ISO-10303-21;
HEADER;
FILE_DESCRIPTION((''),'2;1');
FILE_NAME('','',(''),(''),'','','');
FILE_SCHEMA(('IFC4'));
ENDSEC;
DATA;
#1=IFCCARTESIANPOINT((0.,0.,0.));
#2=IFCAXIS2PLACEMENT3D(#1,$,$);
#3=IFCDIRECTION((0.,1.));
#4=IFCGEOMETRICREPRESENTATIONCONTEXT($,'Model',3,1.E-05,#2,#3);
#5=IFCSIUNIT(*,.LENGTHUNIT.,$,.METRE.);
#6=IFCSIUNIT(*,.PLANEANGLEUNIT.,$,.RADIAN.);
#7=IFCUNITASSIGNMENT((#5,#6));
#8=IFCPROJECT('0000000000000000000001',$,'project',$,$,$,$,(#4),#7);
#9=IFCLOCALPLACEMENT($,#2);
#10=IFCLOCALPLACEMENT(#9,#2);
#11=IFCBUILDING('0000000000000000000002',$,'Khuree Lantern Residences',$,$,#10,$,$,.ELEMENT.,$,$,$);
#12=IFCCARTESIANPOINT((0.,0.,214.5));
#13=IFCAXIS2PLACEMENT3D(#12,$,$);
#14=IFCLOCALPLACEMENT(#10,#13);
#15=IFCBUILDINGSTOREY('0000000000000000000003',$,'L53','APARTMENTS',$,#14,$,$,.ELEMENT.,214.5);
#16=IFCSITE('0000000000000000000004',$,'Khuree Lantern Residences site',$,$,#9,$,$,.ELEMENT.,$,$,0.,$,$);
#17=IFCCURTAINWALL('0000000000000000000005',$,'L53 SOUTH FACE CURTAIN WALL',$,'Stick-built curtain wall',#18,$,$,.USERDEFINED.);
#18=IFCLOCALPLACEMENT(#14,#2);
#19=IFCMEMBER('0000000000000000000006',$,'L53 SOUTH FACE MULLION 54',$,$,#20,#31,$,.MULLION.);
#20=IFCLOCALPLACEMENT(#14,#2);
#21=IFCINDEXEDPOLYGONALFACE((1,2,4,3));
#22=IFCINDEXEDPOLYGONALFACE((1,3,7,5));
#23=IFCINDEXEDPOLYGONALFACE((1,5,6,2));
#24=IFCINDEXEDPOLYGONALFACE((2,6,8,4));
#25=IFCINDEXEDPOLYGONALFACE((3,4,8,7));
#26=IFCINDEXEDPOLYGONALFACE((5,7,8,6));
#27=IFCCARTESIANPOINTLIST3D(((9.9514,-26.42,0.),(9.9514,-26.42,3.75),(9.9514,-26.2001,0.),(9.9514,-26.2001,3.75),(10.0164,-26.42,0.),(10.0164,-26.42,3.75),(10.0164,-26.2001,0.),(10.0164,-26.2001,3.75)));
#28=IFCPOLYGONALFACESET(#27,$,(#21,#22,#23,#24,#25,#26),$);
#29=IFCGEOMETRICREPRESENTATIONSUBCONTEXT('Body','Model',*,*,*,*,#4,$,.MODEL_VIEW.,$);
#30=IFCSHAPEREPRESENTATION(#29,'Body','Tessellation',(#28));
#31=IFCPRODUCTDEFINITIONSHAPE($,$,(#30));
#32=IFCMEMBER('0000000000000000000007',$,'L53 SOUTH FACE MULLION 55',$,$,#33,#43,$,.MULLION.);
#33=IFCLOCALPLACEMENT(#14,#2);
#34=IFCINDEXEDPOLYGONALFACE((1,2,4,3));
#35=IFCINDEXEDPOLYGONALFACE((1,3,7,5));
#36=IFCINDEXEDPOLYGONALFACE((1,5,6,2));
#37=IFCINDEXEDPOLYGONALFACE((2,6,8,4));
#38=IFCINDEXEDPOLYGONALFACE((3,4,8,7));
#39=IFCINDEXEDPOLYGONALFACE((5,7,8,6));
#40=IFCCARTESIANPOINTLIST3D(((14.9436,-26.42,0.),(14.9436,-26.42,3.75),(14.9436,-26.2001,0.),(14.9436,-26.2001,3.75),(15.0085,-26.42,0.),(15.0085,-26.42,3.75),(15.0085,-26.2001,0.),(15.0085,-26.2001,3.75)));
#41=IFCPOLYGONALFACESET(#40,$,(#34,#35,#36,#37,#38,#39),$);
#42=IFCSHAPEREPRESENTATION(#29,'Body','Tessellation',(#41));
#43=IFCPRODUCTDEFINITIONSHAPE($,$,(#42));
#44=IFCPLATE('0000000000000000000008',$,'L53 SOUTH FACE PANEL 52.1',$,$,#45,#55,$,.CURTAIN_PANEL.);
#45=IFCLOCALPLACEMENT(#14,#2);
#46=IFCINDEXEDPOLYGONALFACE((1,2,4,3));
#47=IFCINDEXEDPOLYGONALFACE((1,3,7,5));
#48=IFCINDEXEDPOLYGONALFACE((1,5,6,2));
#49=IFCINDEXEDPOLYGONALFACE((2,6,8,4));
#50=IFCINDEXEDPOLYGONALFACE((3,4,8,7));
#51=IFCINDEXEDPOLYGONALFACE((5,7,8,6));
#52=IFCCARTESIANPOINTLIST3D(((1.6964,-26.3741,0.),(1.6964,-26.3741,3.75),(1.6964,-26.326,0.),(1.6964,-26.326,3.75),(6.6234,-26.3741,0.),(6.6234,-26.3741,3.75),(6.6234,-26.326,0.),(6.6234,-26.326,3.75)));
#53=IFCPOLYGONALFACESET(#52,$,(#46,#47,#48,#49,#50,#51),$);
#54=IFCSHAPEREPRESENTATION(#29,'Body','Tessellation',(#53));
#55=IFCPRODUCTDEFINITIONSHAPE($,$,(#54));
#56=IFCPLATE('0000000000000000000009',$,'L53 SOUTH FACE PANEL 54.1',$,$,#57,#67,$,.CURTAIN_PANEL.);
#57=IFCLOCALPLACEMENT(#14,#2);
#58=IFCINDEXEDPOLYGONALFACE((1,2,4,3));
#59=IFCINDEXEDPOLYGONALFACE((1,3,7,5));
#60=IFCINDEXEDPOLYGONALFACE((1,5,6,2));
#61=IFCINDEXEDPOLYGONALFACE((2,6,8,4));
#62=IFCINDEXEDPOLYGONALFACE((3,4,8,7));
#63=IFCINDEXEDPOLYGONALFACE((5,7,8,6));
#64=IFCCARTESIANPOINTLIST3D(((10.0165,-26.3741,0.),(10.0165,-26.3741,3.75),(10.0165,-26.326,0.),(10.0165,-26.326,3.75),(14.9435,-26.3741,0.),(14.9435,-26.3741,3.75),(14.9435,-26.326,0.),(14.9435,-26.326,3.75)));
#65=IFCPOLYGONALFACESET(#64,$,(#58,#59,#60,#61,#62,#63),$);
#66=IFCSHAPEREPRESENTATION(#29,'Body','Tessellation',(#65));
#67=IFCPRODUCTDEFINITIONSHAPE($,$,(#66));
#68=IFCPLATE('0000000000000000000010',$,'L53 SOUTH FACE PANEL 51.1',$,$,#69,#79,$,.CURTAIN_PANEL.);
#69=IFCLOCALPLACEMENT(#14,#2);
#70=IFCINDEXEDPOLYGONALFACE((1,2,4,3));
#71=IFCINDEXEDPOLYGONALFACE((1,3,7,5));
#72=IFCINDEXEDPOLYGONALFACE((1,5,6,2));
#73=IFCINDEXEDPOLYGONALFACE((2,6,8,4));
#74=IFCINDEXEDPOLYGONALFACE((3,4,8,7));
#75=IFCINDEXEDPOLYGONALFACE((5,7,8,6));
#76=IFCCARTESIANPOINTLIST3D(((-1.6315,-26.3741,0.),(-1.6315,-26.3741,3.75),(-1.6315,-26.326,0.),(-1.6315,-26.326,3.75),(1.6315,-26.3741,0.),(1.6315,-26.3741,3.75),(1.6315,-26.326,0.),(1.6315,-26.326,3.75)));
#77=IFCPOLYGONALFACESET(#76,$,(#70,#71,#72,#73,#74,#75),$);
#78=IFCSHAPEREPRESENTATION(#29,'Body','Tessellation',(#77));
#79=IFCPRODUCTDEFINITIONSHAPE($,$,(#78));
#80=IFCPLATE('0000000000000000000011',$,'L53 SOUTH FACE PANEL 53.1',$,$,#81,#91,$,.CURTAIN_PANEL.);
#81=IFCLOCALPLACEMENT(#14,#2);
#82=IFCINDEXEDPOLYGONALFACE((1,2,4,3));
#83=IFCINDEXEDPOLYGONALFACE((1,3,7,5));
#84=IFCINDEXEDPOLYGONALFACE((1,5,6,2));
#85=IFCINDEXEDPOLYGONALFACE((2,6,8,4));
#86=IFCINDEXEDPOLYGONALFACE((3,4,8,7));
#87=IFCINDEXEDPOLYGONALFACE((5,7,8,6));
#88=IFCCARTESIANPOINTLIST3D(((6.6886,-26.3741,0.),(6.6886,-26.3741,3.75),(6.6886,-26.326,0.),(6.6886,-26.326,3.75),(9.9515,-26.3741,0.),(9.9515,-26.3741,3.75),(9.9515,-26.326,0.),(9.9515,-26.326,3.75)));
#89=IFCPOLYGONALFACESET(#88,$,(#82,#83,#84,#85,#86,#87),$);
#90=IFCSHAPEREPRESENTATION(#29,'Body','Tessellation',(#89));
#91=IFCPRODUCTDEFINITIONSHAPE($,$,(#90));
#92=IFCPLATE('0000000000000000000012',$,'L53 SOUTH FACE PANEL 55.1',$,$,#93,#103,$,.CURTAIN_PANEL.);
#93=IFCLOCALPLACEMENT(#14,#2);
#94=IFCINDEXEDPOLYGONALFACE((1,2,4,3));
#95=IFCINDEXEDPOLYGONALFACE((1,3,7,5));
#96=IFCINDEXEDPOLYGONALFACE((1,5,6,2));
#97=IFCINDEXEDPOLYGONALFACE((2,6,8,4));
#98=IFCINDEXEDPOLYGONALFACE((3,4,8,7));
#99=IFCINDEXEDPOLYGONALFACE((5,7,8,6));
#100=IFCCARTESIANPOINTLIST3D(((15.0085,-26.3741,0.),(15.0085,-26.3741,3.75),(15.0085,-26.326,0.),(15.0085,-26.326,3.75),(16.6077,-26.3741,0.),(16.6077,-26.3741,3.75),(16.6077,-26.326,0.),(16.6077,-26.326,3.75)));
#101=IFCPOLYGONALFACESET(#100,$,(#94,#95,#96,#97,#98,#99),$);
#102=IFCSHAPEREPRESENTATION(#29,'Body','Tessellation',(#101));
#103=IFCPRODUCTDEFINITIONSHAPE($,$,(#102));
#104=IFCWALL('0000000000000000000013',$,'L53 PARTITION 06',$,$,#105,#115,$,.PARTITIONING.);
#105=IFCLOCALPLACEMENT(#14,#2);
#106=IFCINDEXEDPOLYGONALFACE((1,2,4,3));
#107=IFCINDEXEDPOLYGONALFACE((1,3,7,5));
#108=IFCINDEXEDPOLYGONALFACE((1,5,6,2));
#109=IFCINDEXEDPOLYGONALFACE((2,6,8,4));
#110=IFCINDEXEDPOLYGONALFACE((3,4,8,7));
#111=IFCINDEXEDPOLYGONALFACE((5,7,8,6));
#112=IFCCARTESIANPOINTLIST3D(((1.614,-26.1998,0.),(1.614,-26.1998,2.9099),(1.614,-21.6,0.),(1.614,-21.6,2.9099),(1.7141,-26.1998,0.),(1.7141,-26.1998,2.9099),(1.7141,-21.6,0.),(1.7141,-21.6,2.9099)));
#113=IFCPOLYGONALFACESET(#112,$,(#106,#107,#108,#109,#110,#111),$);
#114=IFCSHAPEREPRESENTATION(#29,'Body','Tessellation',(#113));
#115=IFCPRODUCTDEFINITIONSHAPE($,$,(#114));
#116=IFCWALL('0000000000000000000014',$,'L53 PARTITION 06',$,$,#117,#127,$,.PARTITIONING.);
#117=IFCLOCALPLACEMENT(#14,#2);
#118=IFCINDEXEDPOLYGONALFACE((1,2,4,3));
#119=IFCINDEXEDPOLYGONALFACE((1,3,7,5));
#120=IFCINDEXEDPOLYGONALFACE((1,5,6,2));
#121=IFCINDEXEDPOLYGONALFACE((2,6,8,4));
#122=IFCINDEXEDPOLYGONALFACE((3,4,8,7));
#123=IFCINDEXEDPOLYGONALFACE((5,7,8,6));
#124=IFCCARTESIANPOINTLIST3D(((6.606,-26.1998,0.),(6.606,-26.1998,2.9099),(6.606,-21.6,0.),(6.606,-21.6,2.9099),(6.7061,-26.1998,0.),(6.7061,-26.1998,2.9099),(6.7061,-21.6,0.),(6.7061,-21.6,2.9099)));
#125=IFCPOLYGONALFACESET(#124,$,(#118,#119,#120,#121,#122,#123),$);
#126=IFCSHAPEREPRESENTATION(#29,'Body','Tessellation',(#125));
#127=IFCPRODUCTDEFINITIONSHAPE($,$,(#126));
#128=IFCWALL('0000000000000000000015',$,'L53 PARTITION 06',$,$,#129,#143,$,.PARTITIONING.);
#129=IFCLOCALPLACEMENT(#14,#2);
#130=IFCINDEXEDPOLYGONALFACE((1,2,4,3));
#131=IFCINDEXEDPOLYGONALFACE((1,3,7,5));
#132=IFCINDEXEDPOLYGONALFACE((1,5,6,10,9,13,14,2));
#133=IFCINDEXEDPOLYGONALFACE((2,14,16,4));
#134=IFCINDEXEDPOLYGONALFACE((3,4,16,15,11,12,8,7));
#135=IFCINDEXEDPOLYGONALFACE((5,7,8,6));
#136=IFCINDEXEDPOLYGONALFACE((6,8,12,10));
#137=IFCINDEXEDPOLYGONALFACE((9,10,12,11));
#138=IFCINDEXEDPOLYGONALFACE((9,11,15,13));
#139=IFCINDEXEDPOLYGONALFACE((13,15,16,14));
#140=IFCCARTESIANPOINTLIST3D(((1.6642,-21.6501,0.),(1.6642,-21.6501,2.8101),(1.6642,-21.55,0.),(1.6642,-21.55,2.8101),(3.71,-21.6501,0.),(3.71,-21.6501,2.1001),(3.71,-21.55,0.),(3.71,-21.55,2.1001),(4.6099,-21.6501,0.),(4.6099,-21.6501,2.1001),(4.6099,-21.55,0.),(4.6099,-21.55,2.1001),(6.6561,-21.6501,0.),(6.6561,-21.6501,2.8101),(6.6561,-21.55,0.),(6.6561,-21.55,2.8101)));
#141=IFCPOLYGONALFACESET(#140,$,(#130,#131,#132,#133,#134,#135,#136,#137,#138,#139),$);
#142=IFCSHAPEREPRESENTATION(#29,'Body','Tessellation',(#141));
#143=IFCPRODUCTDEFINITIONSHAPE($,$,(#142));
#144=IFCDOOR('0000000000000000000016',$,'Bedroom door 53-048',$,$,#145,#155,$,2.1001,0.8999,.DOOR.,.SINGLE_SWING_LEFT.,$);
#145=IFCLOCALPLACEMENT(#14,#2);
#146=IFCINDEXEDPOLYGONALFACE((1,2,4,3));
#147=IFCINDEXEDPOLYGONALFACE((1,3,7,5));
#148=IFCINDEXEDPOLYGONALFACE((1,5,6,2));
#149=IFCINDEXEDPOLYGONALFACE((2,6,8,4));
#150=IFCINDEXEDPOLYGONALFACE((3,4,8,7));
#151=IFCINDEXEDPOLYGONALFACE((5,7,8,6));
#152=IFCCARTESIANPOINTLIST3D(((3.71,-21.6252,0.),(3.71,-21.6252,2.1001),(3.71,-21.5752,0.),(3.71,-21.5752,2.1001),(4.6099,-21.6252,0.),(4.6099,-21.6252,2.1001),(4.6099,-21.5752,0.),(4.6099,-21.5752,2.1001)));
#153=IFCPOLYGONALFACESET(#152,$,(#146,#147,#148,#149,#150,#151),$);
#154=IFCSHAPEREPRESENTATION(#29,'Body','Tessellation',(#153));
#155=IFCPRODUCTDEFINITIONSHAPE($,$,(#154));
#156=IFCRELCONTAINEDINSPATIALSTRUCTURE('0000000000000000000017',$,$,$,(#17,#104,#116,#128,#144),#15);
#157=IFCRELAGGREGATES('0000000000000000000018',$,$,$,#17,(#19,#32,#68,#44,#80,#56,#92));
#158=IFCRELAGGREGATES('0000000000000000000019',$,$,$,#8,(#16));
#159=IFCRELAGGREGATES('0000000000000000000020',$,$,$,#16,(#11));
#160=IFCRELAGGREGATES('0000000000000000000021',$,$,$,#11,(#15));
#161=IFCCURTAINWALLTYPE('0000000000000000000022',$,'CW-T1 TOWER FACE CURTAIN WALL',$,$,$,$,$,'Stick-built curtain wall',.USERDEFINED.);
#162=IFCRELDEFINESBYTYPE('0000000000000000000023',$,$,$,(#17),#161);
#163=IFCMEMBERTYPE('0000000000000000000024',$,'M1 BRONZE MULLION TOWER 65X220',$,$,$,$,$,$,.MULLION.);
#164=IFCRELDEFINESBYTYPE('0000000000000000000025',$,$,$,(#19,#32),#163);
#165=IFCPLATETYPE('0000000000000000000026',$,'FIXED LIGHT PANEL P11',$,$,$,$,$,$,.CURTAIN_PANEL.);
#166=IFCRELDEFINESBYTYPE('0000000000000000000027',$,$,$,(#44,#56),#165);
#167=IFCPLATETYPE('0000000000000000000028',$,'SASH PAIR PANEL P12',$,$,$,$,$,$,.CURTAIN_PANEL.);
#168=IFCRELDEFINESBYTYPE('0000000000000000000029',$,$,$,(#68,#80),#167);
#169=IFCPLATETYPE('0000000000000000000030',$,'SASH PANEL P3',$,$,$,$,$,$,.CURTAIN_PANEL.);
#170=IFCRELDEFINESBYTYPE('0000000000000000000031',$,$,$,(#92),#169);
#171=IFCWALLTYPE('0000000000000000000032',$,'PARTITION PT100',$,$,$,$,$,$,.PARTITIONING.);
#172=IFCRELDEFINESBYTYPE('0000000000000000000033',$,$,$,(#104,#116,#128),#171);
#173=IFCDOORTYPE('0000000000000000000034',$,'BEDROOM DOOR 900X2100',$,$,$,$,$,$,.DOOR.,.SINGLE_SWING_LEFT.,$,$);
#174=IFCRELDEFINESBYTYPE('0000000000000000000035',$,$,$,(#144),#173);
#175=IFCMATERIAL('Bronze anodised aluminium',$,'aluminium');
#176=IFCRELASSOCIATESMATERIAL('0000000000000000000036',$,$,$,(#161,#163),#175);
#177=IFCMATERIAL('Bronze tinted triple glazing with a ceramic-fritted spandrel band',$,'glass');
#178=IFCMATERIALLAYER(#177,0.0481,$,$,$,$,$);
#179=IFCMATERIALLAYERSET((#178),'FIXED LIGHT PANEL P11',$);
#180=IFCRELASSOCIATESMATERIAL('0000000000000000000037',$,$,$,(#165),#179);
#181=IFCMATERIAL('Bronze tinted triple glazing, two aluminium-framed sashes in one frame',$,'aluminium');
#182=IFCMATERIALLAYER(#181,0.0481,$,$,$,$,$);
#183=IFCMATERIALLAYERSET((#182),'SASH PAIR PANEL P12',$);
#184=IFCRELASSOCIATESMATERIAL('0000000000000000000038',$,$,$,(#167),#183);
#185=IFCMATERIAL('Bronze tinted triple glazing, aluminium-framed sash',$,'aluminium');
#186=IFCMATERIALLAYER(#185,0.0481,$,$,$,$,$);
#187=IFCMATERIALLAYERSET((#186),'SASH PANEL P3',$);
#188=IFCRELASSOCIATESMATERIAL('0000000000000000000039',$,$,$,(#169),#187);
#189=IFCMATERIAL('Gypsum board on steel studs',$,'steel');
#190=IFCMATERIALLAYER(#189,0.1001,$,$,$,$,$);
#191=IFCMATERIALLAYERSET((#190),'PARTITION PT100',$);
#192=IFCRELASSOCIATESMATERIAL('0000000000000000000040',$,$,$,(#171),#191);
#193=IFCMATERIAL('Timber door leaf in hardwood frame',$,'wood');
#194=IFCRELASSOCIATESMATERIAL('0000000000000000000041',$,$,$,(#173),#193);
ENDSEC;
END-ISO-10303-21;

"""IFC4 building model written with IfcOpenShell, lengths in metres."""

from ifc_helpers import new_model, si_unit, direction, frame, frame_2d, origin, origin_2d, place, context, subcontext, project, spatial, rectangle, extrude, material, layer, layer_set, material_profile, profile_set, type_object, element, fill, aggregate, save


model = new_model("IFC4")

# Units and contexts
model_context = context("Model", 3, precision=1e-05, world=origin(), true_north=direction((0.0, 1.0)))
body_context = subcontext(model_context, "Body", "Model", "MODEL_VIEW")
ifc_project = project(units=[si_unit("LENGTHUNIT", "METRE"), si_unit("PLANEANGLEUNIT", "RADIAN")], contexts=[model_context])

# Site, building, storey
site_placement = place(None, origin())
site = spatial("IfcSite", under=ifc_project, at=site_placement, Name="Khuree Lantern Residences site", CompositionType="ELEMENT", RefElevation=0.0)
building_placement = place(site_placement, origin())
building = spatial("IfcBuilding", under=site, at=building_placement, Name="Khuree Lantern Residences", CompositionType="ELEMENT")
storey_placement = place(building_placement, frame((0.0, 0.0, 214.5)))
storey = spatial("IfcBuildingStorey", under=building, at=storey_placement, Name="L53", Description="APARTMENTS", CompositionType="ELEMENT", Elevation=214.5)

# Curtain wall
ifc_material_1 = material(Name="Bronze anodised aluminium", Category="aluminium")
curtain_wall_type = type_object("IfcCurtainWallType", Name="CW-T1 TOWER FACE CURTAIN WALL", ElementType="Stick-built curtain wall", PredefinedType="USERDEFINED", material=ifc_material_1)
curtain_wall_placement = place(storey_placement, origin())
curtain_wall = element("IfcCurtainWall", 1, at=curtain_wall_placement, inside=storey, type_object=curtain_wall_type, Name="L53 SOUTH FACE CURTAIN WALL", ObjectType="Stick-built curtain wall", PredefinedType="USERDEFINED")

# Members
ifc_material_profile_1 = material_profile(ifc_material_1, rectangle(XDim=0.0649, YDim=0.22, at=origin_2d()), Name="M1 65X220")
ifc_profile_set_1 = profile_set([ifc_material_profile_1], Name="Bronze anodised aluminium")
member_type_1 = type_object("IfcMemberType", Name="M1 BRONZE MULLION TOWER 65X220", PredefinedType="MULLION", material=ifc_profile_set_1)
member_1_placement = place(storey_placement, frame((9.9839, -26.3101, 0.0), z_axis=(0.0, 0.0, 1.0), x_axis=(1.0, 0.0, 0.0)))
member_1 = element("IfcMember", 2, at=member_1_placement, type_object=member_type_1, Name="L53 SOUTH FACE MULLION 54", PredefinedType="MULLION", context=body_context, shape_type="SweptSolid", body=[
    extrude(rectangle(XDim=0.0649, YDim=0.22, at=origin_2d()), origin(), (0.0, 0.0, 1.0), 3.75),
])
member_2_placement = place(storey_placement, frame((14.9761, -26.3101, 0.0), z_axis=(0.0, 0.0, 1.0), x_axis=(1.0, 0.0, 0.0)))
member_2 = element("IfcMember", 3, at=member_2_placement, type_object=member_type_1, Name="L53 SOUTH FACE MULLION 55", PredefinedType="MULLION", context=body_context, shape_type="SweptSolid", body=[
    extrude(rectangle(XDim=0.0649, YDim=0.22, at=origin_2d()), origin(), (0.0, 0.0, 1.0), 3.75),
])

# Plates
ifc_material_2 = material(Name="Bronze tinted triple glazing with a ceramic-fritted spandrel band", Category="glass")
ifc_layer_1 = layer(ifc_material_2, 0.0481)
ifc_layer_set_1 = layer_set([ifc_layer_1], Name="FIXED LIGHT PANEL P11")
plate_type_1 = type_object("IfcPlateType", Name="FIXED LIGHT PANEL P11", PredefinedType="CURTAIN_PANEL", material=ifc_layer_set_1)
plate_1_placement = place(storey_placement, frame((4.1599, -26.3501, 0.0), z_axis=(0.0, 0.0, 1.0), x_axis=(1.0, 0.0, 0.0)))
plate_1 = element("IfcPlate", 4, at=plate_1_placement, type_object=plate_type_1, Name="L53 SOUTH FACE PANEL 52.1", PredefinedType="CURTAIN_PANEL", context=body_context, shape_type="SweptSolid", body=[
    extrude(rectangle(XDim=4.927, YDim=0.0481, at=origin_2d()), origin(), (0.0, 0.0, 1.0), 3.75),
])
plate_2_placement = place(storey_placement, frame((12.48, -26.3501, 0.0), z_axis=(0.0, 0.0, 1.0), x_axis=(1.0, 0.0, 0.0)))
plate_2 = element("IfcPlate", 5, at=plate_2_placement, type_object=plate_type_1, Name="L53 SOUTH FACE PANEL 54.1", PredefinedType="CURTAIN_PANEL", context=body_context, shape_type="SweptSolid", body=[
    extrude(rectangle(XDim=4.927, YDim=0.0481, at=origin_2d()), origin(), (0.0, 0.0, 1.0), 3.75),
])
ifc_material_3 = material(Name="Bronze tinted triple glazing, two aluminium-framed sashes in one frame", Category="aluminium")
ifc_layer_2 = layer(ifc_material_3, 0.0481)
ifc_layer_set_2 = layer_set([ifc_layer_2], Name="SASH PAIR PANEL P12")
plate_type_2 = type_object("IfcPlateType", Name="SASH PAIR PANEL P12", PredefinedType="CURTAIN_PANEL", material=ifc_layer_set_2)
plate_3_placement = place(storey_placement, frame((0.0, -26.3501, 0.0), z_axis=(0.0, 0.0, 1.0), x_axis=(1.0, 0.0, 0.0)))
plate_3 = element("IfcPlate", 6, at=plate_3_placement, type_object=plate_type_2, Name="L53 SOUTH FACE PANEL 51.1", PredefinedType="CURTAIN_PANEL", context=body_context, shape_type="SweptSolid", body=[
    extrude(rectangle(XDim=3.2629, YDim=0.0481, at=origin_2d()), origin(), (0.0, 0.0, 1.0), 3.75),
])
plate_4_placement = place(storey_placement, frame((8.3201, -26.3501, 0.0), z_axis=(0.0, 0.0, 1.0), x_axis=(1.0, 0.0, 0.0)))
plate_4 = element("IfcPlate", 7, at=plate_4_placement, type_object=plate_type_2, Name="L53 SOUTH FACE PANEL 53.1", PredefinedType="CURTAIN_PANEL", context=body_context, shape_type="SweptSolid", body=[
    extrude(rectangle(XDim=3.2629, YDim=0.0481, at=origin_2d()), origin(), (0.0, 0.0, 1.0), 3.75),
])
ifc_material_4 = material(Name="Bronze tinted triple glazing, aluminium-framed sash", Category="aluminium")
ifc_layer_3 = layer(ifc_material_4, 0.0481)
ifc_layer_set_3 = layer_set([ifc_layer_3], Name="SASH PANEL P3")
plate_type_3 = type_object("IfcPlateType", Name="SASH PANEL P3", PredefinedType="CURTAIN_PANEL", material=ifc_layer_set_3)
plate_5_placement = place(storey_placement, frame((15.8081, -26.3501, 0.0), z_axis=(0.0, 0.0, 1.0), x_axis=(1.0, 0.0, 0.0)))
plate_5 = element("IfcPlate", 8, at=plate_5_placement, type_object=plate_type_3, Name="L53 SOUTH FACE PANEL 55.1", PredefinedType="CURTAIN_PANEL", context=body_context, shape_type="SweptSolid", body=[
    extrude(rectangle(XDim=1.5991, YDim=0.0481, at=origin_2d()), origin(), (0.0, 0.0, 1.0), 3.75),
])
aggregate(curtain_wall, [member_1, member_2, plate_3, plate_1, plate_4, plate_2, plate_5])

# Walls
ifc_material_5 = material(Name="Gypsum board on steel studs", Category="steel")
ifc_layer_4 = layer(ifc_material_5, 0.1001)
ifc_layer_set_4 = layer_set([ifc_layer_4], Name="PARTITION PT100")
wall_type = type_object("IfcWallType", Name="PARTITION PT100", PredefinedType="PARTITIONING", material=ifc_layer_set_4)
for number, where, z_axis, x_axis, name in (
    (9, (1.6641, -21.6001, 0.0), (0.0, 0.0, 1.0), (0.0, -1.0, 0.0), "L53 PARTITION 06"),
    (10, (6.656, -21.6001, 0.0), (0.0, 0.0, 1.0), (0.0, -1.0, 0.0), "L53 PARTITION 06"),
):
    element("IfcWall", number, at=place(storey_placement, frame(where, z_axis=z_axis, x_axis=x_axis)), inside=storey, type_object=wall_type, Name=name, PredefinedType="PARTITIONING", context=body_context, shape_type="SweptSolid", body=[
        extrude(rectangle(XDim=4.5999, YDim=0.1001, at=frame_2d((2.2998, 0.0))), origin(), (0.0, 0.0, 1.0), 2.9099),
    ])

# Wall, opening, door
wall_1_placement = place(storey_placement, frame((1.6641, -21.6001, 0.0), z_axis=(0.0, 0.0, 1.0), x_axis=(1.0, 0.0, 0.0)))
wall_1 = element("IfcWall", 11, at=wall_1_placement, inside=storey, type_object=wall_type, Name="L53 PARTITION 06", PredefinedType="PARTITIONING", context=body_context, shape_type="SweptSolid", body=[
    extrude(rectangle(XDim=4.9919, YDim=0.1001, at=frame_2d((2.4961, 0.0))), origin(), (0.0, 0.0, 1.0), 2.8101),
])
opening_1_placement = place(wall_1_placement, frame((2.0459, 0.0, 0.0)))
opening_1 = element("IfcOpeningElement", 12, at=opening_1_placement, cuts=wall_1, PredefinedType="OPENING", context=body_context, shape_type="SweptSolid", body=[
    extrude(rectangle(XDim=0.8999, YDim=2.1001, at=frame_2d((0.45, 1.05))), frame((0.0, 0.0601, 0.0), z_axis=(0.0, -1.0, 0.0), x_axis=(1.0, 0.0, 0.0)), (0.0, 0.0, 1.0), 0.1201),
])
ifc_material_6 = material(Name="Timber door leaf in hardwood frame", Category="wood")
door_type_1 = type_object("IfcDoorType", Name="BEDROOM DOOR 900X2100", OperationType="SINGLE_SWING_LEFT", PredefinedType="DOOR", material=ifc_material_6)
door_1_placement = place(opening_1_placement, origin())
door_1 = element("IfcDoor", 13, at=door_1_placement, inside=storey, type_object=door_type_1, Name="Bedroom door 53-048", OperationType="SINGLE_SWING_LEFT", OverallHeight=2.1001, OverallWidth=0.8999, PredefinedType="DOOR", context=body_context, shape_type="SweptSolid", body=[
    extrude(rectangle(XDim=0.8999, YDim=2.1001, at=frame_2d((0.45, 1.05))), frame((0.0, 0.0249, 0.0), z_axis=(0.0, -1.0, 0.0), x_axis=(1.0, 0.0, 0.0)), (0.0, 0.0, 1.0), 0.05),
])
fill(opening_1, door_1)

save(model, "model.ifc")
